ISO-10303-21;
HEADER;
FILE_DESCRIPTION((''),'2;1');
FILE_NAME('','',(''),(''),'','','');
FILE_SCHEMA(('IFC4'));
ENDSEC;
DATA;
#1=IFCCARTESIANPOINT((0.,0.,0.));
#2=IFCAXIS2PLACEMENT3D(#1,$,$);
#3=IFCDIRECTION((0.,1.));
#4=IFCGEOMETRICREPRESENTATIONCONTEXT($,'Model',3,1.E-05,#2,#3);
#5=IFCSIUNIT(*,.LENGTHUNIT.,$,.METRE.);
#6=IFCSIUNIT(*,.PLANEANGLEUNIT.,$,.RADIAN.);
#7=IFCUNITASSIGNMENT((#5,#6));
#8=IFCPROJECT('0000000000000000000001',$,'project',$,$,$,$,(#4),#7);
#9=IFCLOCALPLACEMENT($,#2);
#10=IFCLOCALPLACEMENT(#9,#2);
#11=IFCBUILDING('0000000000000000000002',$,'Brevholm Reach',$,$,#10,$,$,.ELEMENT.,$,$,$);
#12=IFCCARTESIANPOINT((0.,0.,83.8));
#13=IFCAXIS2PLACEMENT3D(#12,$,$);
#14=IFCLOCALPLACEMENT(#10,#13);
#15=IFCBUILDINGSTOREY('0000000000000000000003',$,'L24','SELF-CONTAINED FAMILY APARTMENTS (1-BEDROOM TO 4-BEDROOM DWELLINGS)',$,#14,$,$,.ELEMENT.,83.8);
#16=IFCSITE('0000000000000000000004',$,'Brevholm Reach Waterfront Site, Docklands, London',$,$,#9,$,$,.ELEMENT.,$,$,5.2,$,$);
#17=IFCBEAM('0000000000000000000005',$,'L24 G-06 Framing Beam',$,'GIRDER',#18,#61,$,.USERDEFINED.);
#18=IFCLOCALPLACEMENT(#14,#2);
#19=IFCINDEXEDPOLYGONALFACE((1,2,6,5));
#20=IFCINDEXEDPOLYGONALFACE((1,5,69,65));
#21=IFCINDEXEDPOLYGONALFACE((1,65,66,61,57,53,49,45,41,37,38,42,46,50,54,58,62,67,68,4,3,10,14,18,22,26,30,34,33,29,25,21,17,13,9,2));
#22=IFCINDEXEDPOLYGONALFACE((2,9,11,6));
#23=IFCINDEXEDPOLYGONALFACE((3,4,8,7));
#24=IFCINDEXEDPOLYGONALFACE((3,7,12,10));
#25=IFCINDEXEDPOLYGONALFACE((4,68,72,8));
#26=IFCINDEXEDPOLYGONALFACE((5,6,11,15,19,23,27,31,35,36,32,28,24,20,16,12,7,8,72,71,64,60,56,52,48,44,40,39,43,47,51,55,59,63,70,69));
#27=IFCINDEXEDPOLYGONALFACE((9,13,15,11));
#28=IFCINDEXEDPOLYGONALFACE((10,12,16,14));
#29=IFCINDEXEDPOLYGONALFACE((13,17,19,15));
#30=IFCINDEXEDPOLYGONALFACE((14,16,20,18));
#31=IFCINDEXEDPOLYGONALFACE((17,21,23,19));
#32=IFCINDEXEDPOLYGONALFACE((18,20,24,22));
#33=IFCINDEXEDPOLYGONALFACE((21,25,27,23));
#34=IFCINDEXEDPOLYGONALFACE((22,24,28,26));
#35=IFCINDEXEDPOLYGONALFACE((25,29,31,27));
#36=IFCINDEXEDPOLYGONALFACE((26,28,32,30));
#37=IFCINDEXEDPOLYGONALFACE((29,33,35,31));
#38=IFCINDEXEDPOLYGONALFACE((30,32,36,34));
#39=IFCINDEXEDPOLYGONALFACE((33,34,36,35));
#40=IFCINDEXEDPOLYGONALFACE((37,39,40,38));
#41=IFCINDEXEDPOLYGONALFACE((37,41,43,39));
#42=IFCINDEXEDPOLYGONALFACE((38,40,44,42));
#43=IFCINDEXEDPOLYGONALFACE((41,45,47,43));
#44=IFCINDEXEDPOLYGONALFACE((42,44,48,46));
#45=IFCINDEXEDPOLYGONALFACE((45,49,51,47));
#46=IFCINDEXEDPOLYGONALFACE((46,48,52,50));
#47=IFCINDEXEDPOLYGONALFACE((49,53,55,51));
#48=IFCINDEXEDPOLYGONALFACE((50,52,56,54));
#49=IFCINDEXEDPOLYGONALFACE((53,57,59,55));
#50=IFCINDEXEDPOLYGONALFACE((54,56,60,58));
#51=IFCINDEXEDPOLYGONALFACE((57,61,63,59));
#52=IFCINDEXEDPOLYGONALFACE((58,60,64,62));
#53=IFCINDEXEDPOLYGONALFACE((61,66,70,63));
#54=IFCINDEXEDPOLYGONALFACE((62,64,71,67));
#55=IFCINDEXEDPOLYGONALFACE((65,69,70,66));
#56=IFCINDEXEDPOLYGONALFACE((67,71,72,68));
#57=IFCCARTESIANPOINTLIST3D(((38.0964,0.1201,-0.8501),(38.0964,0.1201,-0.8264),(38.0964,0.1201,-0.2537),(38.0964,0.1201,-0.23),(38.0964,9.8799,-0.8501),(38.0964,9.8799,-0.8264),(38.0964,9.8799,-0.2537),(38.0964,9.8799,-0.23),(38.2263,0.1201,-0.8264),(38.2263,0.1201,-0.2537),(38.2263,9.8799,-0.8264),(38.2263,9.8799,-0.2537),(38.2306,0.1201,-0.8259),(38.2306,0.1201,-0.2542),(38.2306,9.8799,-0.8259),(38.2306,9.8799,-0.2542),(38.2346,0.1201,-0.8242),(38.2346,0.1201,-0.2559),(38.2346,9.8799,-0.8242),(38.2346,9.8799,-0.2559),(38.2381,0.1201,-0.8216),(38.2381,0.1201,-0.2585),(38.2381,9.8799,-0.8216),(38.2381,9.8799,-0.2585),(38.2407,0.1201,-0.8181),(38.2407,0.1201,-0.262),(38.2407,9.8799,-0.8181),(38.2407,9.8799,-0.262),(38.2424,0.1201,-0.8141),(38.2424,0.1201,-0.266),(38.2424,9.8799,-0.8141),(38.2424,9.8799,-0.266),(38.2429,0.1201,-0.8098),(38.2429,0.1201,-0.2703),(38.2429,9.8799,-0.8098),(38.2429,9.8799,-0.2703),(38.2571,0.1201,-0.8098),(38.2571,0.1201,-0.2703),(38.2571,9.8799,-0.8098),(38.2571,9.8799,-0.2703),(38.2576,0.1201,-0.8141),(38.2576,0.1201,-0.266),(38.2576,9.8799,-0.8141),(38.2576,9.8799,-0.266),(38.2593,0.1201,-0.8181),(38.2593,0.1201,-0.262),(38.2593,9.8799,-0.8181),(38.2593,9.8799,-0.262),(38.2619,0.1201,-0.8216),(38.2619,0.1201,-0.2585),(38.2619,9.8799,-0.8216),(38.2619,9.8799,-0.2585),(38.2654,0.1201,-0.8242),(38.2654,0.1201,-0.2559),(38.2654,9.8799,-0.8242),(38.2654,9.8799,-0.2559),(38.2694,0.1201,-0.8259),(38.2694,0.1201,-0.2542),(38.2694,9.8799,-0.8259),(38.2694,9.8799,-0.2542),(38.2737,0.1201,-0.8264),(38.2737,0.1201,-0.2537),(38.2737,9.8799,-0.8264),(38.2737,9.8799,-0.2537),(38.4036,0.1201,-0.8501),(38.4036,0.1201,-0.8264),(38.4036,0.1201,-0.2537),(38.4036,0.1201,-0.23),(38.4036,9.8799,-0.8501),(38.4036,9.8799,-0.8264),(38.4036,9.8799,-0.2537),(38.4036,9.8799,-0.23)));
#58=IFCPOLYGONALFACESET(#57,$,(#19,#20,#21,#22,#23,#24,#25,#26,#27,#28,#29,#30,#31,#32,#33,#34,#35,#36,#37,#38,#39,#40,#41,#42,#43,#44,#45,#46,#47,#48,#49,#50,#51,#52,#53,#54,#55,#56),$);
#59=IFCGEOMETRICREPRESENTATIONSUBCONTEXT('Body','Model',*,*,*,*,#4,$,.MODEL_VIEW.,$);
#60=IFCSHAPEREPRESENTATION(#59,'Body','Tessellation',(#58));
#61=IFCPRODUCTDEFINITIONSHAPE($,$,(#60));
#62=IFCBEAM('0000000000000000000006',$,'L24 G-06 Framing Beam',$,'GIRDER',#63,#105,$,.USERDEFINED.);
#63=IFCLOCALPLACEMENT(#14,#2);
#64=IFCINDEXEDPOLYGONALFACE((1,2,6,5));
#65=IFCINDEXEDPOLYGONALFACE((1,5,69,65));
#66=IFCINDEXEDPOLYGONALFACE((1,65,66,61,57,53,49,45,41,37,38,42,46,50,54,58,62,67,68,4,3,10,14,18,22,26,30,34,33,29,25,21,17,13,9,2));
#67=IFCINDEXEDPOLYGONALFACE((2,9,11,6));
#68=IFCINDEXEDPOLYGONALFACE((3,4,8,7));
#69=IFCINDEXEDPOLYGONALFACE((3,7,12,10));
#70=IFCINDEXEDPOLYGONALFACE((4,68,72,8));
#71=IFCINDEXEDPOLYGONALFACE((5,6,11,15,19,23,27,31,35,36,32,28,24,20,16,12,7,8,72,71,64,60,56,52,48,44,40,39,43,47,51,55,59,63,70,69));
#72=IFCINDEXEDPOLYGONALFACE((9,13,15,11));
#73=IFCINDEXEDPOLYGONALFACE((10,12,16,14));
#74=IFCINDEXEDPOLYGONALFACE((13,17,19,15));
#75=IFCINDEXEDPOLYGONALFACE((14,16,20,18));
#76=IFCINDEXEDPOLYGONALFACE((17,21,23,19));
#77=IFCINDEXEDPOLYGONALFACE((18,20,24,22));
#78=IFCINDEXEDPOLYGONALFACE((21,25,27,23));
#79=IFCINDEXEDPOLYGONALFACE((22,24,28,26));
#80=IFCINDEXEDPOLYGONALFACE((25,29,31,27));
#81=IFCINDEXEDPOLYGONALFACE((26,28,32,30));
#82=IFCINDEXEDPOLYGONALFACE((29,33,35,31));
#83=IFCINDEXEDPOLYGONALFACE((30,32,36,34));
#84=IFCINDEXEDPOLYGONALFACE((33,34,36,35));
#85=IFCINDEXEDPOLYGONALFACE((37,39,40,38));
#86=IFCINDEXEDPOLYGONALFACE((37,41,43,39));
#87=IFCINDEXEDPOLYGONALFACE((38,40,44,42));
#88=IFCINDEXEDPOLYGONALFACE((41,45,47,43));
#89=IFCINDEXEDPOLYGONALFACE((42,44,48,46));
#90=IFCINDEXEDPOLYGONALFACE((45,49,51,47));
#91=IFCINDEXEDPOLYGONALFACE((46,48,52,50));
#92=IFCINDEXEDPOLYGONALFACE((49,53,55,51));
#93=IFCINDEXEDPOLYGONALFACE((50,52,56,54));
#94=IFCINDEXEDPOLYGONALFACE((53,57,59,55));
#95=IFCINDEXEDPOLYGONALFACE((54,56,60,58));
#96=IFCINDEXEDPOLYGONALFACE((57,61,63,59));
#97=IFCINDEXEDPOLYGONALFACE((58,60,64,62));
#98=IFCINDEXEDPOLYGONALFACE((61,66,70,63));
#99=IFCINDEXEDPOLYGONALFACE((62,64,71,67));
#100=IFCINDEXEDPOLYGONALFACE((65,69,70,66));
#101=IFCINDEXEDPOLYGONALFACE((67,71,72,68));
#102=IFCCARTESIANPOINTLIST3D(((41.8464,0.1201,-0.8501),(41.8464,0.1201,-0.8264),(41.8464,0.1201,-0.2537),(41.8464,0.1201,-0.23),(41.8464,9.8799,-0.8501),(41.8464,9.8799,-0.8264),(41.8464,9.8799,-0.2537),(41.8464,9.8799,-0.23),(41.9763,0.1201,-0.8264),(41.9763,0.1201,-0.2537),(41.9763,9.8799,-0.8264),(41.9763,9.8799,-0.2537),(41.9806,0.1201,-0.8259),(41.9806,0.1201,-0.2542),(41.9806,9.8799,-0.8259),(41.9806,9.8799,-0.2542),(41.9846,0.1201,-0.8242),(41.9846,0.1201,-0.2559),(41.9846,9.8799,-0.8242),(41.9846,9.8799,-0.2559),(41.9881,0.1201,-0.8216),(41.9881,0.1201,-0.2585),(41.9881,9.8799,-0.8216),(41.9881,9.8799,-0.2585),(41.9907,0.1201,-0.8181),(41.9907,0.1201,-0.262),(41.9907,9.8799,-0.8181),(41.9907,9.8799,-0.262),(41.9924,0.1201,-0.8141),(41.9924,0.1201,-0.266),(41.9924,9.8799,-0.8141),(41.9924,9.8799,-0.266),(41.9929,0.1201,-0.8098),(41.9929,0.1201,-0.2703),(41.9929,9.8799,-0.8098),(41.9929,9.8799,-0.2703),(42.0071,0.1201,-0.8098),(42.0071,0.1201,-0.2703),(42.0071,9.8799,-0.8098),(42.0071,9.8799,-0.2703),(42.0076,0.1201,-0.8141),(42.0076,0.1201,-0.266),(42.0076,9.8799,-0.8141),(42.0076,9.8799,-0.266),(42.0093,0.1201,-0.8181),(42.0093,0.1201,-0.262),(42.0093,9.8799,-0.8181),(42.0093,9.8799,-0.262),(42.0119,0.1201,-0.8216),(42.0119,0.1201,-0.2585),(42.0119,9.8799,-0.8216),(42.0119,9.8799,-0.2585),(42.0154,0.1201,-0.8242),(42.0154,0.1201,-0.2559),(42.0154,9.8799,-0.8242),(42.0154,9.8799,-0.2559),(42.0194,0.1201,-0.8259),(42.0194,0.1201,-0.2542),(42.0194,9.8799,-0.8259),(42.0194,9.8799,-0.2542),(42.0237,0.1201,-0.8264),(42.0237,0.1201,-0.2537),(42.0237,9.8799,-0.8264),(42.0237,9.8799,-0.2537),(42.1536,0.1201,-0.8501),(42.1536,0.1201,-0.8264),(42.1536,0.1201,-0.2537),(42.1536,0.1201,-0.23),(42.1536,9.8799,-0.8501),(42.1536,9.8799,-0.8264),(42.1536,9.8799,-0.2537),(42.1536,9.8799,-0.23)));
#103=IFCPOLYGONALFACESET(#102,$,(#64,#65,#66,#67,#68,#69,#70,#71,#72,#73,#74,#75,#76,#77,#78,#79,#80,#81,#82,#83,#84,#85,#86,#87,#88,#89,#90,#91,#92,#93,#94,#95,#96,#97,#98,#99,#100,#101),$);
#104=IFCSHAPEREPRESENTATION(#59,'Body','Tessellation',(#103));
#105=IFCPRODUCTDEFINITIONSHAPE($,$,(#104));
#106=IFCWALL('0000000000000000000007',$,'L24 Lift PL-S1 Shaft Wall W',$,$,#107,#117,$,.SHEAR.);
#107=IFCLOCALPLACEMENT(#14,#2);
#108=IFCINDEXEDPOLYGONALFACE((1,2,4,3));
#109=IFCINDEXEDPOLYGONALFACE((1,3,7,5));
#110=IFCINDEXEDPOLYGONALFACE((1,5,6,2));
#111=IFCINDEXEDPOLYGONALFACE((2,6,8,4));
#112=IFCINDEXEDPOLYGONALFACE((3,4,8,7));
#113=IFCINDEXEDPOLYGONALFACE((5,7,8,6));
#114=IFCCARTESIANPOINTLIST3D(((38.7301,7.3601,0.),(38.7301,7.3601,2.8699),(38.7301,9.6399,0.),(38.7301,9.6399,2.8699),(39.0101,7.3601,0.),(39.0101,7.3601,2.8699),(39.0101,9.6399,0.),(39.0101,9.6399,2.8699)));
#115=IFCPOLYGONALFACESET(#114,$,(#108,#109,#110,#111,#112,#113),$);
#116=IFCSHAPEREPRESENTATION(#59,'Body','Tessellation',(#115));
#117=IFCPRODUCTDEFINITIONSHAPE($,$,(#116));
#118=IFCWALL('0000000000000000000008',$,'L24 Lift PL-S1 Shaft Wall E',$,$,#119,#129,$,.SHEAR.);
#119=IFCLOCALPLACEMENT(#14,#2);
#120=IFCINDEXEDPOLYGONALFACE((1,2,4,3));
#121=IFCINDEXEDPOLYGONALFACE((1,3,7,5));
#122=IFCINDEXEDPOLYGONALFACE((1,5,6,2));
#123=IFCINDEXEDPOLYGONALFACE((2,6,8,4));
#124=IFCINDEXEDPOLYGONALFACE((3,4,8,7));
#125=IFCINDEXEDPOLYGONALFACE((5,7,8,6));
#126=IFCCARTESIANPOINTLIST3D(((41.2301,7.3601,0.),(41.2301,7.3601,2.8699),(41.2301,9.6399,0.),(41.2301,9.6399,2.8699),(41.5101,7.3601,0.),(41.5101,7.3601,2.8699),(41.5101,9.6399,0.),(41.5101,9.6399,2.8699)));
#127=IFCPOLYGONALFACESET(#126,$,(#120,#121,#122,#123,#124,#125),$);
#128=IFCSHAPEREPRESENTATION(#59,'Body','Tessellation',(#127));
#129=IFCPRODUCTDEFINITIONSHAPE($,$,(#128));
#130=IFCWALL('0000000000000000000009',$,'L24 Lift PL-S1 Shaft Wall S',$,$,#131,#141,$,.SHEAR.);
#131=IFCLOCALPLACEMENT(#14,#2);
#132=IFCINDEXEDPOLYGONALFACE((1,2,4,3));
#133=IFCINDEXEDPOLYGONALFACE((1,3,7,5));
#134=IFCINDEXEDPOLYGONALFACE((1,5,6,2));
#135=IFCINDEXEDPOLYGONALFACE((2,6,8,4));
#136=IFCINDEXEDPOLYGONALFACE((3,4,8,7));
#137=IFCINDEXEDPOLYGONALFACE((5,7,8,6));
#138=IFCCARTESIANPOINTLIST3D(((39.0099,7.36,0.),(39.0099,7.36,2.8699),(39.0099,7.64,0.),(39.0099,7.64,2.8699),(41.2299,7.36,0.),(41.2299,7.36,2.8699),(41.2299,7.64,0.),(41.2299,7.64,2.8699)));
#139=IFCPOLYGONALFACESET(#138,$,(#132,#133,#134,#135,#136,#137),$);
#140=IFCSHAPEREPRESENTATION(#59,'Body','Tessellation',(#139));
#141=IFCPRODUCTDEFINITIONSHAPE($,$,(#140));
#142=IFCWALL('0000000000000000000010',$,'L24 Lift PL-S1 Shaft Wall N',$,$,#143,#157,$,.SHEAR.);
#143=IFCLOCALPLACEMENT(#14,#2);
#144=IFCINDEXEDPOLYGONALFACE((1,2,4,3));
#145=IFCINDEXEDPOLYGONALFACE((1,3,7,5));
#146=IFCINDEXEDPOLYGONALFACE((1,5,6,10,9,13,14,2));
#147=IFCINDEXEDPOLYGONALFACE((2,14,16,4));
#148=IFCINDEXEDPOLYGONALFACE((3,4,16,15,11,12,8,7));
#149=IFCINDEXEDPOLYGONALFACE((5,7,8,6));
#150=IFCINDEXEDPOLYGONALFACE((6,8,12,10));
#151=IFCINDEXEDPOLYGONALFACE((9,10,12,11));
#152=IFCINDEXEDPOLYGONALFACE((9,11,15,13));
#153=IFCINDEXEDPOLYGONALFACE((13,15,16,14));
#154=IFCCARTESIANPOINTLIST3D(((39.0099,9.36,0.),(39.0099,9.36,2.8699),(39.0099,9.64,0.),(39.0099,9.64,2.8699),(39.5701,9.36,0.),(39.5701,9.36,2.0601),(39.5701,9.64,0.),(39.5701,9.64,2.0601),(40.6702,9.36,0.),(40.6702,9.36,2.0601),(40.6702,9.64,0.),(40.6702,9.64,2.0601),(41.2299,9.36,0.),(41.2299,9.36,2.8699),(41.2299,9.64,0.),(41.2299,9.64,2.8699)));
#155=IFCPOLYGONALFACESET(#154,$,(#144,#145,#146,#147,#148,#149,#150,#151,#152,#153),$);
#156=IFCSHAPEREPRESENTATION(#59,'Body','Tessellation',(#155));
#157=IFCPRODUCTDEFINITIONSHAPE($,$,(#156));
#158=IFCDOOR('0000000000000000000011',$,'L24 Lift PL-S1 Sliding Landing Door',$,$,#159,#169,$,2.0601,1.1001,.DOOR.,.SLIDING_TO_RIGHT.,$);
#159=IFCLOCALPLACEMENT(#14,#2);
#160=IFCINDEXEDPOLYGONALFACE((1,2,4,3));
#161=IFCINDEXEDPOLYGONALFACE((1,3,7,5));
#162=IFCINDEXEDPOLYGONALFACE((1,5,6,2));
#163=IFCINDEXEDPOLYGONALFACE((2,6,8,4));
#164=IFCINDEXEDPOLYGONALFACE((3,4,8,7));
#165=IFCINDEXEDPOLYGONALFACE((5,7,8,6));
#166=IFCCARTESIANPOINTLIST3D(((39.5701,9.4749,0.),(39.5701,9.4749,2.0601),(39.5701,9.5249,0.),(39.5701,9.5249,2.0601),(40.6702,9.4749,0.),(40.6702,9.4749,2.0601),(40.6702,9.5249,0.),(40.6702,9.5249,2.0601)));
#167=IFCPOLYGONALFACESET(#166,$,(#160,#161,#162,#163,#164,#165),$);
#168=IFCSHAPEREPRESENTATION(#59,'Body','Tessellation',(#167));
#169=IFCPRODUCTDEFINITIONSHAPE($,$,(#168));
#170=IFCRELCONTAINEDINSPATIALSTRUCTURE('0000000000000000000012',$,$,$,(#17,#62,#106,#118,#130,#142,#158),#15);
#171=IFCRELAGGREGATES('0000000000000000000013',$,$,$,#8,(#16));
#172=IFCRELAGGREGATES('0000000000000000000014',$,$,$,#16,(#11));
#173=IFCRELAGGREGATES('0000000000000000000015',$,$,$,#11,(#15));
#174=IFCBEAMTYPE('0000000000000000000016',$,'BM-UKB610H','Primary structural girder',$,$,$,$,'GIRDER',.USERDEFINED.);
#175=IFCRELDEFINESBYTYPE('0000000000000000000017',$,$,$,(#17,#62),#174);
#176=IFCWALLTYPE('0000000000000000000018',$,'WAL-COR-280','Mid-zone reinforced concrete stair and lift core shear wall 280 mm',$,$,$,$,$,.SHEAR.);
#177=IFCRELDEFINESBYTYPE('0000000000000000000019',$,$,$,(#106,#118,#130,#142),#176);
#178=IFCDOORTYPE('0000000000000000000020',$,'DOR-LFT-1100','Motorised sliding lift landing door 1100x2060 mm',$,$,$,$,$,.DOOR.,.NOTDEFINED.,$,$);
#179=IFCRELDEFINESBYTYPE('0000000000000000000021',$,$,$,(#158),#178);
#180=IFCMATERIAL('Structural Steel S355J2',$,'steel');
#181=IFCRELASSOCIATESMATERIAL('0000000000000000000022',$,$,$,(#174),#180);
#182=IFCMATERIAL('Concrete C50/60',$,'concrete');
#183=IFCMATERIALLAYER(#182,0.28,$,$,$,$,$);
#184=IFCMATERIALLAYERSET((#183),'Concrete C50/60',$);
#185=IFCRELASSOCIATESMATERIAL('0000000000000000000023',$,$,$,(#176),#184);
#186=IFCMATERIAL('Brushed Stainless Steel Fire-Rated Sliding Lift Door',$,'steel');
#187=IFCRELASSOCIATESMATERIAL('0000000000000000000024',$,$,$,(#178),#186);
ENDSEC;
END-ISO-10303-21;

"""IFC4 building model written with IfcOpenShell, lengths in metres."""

from ifc_helpers import new_model, si_unit, direction, frame, frame_2d, origin, origin_2d, place, context, subcontext, project, spatial, rectangle, i_section, extrude, material, layer, layer_set, material_profile, profile_set, type_object, element, fill, save


model = new_model("IFC4")

# Units and contexts
model_context = context("Model", 3, precision=1e-05, world=origin(), true_north=direction((0.0, 1.0)))
body_context = subcontext(model_context, "Body", "Model", "MODEL_VIEW")
ifc_project = project(units=[si_unit("LENGTHUNIT", "METRE"), si_unit("PLANEANGLEUNIT", "RADIAN")], contexts=[model_context])

# Site, building, storey
site_placement = place(None, origin())
site = spatial("IfcSite", under=ifc_project, at=site_placement, Name="Brevholm Reach Waterfront Site, Docklands, London", CompositionType="ELEMENT", RefElevation=5.2)
building_placement = place(site_placement, origin())
building = spatial("IfcBuilding", under=site, at=building_placement, Name="Brevholm Reach", CompositionType="ELEMENT")
storey_placement = place(building_placement, frame((0.0, 0.0, 83.8)))
storey = spatial("IfcBuildingStorey", under=building, at=storey_placement, Name="L24", Description="SELF-CONTAINED FAMILY APARTMENTS (1-BEDROOM TO 4-BEDROOM DWELLINGS)", CompositionType="ELEMENT", Elevation=83.8)

# Beams
ifc_material_1 = material(Name="Structural Steel S355J2", Category="steel")
ifc_material_profile_1 = material_profile(ifc_material_1, i_section(OverallWidth=0.3071, OverallDepth=0.6201, WebThickness=0.0142, FlangeThickness=0.0237, FilletRadius=0.0166, at=origin_2d()), Name="UKB 610x305x179")
ifc_profile_set_1 = profile_set([ifc_material_profile_1], Name="Structural Steel S355J2")
beam_type_1 = type_object("IfcBeamType", Name="BM-UKB610H", Description="Primary structural girder", ElementType="GIRDER", PredefinedType="USERDEFINED", material=ifc_profile_set_1)
for number, where, z_axis, x_axis, name in (
    (1, (38.25, 0.1201, -0.54), (0.0, 1.0, 0.0), (-1.0, 0.0, 0.0), "L24 G-06 Framing Beam"),
    (2, (42.0, 0.1201, -0.54), (0.0, 1.0, 0.0), (-1.0, 0.0, 0.0), "L24 G-06 Framing Beam"),
):
    element("IfcBeam", number, at=place(storey_placement, frame(where, z_axis=z_axis, x_axis=x_axis)), inside=storey, type_object=beam_type_1, Name=name, ObjectType="GIRDER", PredefinedType="USERDEFINED", context=body_context, shape_type="SweptSolid", body=[
        extrude(i_section(OverallWidth=0.3071, OverallDepth=0.6201, WebThickness=0.0142, FlangeThickness=0.0237, FilletRadius=0.0166, at=origin_2d()), origin(), (0.0, 0.0, 1.0), 9.7598),
    ])

# Walls
ifc_material_2 = material(Name="Concrete C50/60", Category="concrete")
ifc_layer_1 = layer(ifc_material_2, 0.28)
ifc_layer_set_1 = layer_set([ifc_layer_1], Name="Concrete C50/60")
wall_type_1 = type_object("IfcWallType", Name="WAL-COR-280", Description="Mid-zone reinforced concrete stair and lift core shear wall 280 mm", PredefinedType="SHEAR", material=ifc_layer_set_1)
for number, where, z_axis, x_axis, name in (
    (3, (38.8701, 7.3601, 0.0), (0.0, 0.0, 1.0), (0.0, 1.0, 0.0), "L24 Lift PL-S1 Shaft Wall W"),
    (4, (41.3701, 7.3601, 0.0), (0.0, 0.0, 1.0), (0.0, 1.0, 0.0), "L24 Lift PL-S1 Shaft Wall E"),
):
    element("IfcWall", number, at=place(storey_placement, frame(where, z_axis=z_axis, x_axis=x_axis)), inside=storey, type_object=wall_type_1, Name=name, PredefinedType="SHEAR", context=body_context, shape_type="SweptSolid", body=[
        extrude(rectangle(XDim=2.2798, YDim=0.28, at=frame_2d((1.1399, 0.0))), origin(), (0.0, 0.0, 1.0), 2.8699),
    ])
wall_1_placement = place(storey_placement, frame((39.01, 7.5, 0.0), z_axis=(0.0, 0.0, 1.0), x_axis=(1.0, 0.0, 0.0)))
element("IfcWall", 5, at=wall_1_placement, inside=storey, type_object=wall_type_1, Name="L24 Lift PL-S1 Shaft Wall S", PredefinedType="SHEAR", context=body_context, shape_type="SweptSolid", body=[
    extrude(rectangle(XDim=2.22, YDim=0.28, at=frame_2d((1.1099, 0.0))), origin(), (0.0, 0.0, 1.0), 2.8699),
])

# Wall, opening, door
wall_2_placement = place(storey_placement, frame((39.01, 9.5, 0.0), z_axis=(0.0, 0.0, 1.0), x_axis=(1.0, 0.0, 0.0)))
wall_2 = element("IfcWall", 6, at=wall_2_placement, inside=storey, type_object=wall_type_1, Name="L24 Lift PL-S1 Shaft Wall N", PredefinedType="SHEAR", context=body_context, shape_type="SweptSolid", body=[
    extrude(rectangle(XDim=2.22, YDim=0.28, at=frame_2d((1.1099, 0.0))), origin(), (0.0, 0.0, 1.0), 2.8699),
])
opening_1_placement = place(wall_2_placement, frame((0.5601, 0.0, 0.0)))
opening_1 = element("IfcOpeningElement", 7, at=opening_1_placement, cuts=wall_2, PredefinedType="OPENING", context=body_context, shape_type="SweptSolid", body=[
    extrude(rectangle(XDim=1.1001, YDim=2.0601, at=frame_2d((0.55, 1.03))), frame((0.0, 0.1499, 0.0), z_axis=(0.0, -1.0, 0.0), x_axis=(1.0, 0.0, 0.0)), (0.0, 0.0, 1.0), 0.3),
])
ifc_material_3 = material(Name="Brushed Stainless Steel Fire-Rated Sliding Lift Door", Category="steel")
door_type_1 = type_object("IfcDoorType", Name="DOR-LFT-1100", Description="Motorised sliding lift landing door 1100x2060 mm", OperationType="NOTDEFINED", PredefinedType="DOOR", material=ifc_material_3)
door_1_placement = place(opening_1_placement, origin())
door_1 = element("IfcDoor", 8, at=door_1_placement, inside=storey, type_object=door_type_1, Name="L24 Lift PL-S1 Sliding Landing Door", OperationType="SLIDING_TO_RIGHT", OverallHeight=2.0601, OverallWidth=1.1001, PredefinedType="DOOR", context=body_context, shape_type="SweptSolid", body=[
    extrude(rectangle(XDim=1.1001, YDim=2.0601, at=frame_2d((0.55, 1.03))), frame((0.0, 0.0249, 0.0), z_axis=(0.0, -1.0, 0.0), x_axis=(1.0, 0.0, 0.0)), (0.0, 0.0, 1.0), 0.05),
])
fill(opening_1, door_1)

save(model, "model.ifc")
